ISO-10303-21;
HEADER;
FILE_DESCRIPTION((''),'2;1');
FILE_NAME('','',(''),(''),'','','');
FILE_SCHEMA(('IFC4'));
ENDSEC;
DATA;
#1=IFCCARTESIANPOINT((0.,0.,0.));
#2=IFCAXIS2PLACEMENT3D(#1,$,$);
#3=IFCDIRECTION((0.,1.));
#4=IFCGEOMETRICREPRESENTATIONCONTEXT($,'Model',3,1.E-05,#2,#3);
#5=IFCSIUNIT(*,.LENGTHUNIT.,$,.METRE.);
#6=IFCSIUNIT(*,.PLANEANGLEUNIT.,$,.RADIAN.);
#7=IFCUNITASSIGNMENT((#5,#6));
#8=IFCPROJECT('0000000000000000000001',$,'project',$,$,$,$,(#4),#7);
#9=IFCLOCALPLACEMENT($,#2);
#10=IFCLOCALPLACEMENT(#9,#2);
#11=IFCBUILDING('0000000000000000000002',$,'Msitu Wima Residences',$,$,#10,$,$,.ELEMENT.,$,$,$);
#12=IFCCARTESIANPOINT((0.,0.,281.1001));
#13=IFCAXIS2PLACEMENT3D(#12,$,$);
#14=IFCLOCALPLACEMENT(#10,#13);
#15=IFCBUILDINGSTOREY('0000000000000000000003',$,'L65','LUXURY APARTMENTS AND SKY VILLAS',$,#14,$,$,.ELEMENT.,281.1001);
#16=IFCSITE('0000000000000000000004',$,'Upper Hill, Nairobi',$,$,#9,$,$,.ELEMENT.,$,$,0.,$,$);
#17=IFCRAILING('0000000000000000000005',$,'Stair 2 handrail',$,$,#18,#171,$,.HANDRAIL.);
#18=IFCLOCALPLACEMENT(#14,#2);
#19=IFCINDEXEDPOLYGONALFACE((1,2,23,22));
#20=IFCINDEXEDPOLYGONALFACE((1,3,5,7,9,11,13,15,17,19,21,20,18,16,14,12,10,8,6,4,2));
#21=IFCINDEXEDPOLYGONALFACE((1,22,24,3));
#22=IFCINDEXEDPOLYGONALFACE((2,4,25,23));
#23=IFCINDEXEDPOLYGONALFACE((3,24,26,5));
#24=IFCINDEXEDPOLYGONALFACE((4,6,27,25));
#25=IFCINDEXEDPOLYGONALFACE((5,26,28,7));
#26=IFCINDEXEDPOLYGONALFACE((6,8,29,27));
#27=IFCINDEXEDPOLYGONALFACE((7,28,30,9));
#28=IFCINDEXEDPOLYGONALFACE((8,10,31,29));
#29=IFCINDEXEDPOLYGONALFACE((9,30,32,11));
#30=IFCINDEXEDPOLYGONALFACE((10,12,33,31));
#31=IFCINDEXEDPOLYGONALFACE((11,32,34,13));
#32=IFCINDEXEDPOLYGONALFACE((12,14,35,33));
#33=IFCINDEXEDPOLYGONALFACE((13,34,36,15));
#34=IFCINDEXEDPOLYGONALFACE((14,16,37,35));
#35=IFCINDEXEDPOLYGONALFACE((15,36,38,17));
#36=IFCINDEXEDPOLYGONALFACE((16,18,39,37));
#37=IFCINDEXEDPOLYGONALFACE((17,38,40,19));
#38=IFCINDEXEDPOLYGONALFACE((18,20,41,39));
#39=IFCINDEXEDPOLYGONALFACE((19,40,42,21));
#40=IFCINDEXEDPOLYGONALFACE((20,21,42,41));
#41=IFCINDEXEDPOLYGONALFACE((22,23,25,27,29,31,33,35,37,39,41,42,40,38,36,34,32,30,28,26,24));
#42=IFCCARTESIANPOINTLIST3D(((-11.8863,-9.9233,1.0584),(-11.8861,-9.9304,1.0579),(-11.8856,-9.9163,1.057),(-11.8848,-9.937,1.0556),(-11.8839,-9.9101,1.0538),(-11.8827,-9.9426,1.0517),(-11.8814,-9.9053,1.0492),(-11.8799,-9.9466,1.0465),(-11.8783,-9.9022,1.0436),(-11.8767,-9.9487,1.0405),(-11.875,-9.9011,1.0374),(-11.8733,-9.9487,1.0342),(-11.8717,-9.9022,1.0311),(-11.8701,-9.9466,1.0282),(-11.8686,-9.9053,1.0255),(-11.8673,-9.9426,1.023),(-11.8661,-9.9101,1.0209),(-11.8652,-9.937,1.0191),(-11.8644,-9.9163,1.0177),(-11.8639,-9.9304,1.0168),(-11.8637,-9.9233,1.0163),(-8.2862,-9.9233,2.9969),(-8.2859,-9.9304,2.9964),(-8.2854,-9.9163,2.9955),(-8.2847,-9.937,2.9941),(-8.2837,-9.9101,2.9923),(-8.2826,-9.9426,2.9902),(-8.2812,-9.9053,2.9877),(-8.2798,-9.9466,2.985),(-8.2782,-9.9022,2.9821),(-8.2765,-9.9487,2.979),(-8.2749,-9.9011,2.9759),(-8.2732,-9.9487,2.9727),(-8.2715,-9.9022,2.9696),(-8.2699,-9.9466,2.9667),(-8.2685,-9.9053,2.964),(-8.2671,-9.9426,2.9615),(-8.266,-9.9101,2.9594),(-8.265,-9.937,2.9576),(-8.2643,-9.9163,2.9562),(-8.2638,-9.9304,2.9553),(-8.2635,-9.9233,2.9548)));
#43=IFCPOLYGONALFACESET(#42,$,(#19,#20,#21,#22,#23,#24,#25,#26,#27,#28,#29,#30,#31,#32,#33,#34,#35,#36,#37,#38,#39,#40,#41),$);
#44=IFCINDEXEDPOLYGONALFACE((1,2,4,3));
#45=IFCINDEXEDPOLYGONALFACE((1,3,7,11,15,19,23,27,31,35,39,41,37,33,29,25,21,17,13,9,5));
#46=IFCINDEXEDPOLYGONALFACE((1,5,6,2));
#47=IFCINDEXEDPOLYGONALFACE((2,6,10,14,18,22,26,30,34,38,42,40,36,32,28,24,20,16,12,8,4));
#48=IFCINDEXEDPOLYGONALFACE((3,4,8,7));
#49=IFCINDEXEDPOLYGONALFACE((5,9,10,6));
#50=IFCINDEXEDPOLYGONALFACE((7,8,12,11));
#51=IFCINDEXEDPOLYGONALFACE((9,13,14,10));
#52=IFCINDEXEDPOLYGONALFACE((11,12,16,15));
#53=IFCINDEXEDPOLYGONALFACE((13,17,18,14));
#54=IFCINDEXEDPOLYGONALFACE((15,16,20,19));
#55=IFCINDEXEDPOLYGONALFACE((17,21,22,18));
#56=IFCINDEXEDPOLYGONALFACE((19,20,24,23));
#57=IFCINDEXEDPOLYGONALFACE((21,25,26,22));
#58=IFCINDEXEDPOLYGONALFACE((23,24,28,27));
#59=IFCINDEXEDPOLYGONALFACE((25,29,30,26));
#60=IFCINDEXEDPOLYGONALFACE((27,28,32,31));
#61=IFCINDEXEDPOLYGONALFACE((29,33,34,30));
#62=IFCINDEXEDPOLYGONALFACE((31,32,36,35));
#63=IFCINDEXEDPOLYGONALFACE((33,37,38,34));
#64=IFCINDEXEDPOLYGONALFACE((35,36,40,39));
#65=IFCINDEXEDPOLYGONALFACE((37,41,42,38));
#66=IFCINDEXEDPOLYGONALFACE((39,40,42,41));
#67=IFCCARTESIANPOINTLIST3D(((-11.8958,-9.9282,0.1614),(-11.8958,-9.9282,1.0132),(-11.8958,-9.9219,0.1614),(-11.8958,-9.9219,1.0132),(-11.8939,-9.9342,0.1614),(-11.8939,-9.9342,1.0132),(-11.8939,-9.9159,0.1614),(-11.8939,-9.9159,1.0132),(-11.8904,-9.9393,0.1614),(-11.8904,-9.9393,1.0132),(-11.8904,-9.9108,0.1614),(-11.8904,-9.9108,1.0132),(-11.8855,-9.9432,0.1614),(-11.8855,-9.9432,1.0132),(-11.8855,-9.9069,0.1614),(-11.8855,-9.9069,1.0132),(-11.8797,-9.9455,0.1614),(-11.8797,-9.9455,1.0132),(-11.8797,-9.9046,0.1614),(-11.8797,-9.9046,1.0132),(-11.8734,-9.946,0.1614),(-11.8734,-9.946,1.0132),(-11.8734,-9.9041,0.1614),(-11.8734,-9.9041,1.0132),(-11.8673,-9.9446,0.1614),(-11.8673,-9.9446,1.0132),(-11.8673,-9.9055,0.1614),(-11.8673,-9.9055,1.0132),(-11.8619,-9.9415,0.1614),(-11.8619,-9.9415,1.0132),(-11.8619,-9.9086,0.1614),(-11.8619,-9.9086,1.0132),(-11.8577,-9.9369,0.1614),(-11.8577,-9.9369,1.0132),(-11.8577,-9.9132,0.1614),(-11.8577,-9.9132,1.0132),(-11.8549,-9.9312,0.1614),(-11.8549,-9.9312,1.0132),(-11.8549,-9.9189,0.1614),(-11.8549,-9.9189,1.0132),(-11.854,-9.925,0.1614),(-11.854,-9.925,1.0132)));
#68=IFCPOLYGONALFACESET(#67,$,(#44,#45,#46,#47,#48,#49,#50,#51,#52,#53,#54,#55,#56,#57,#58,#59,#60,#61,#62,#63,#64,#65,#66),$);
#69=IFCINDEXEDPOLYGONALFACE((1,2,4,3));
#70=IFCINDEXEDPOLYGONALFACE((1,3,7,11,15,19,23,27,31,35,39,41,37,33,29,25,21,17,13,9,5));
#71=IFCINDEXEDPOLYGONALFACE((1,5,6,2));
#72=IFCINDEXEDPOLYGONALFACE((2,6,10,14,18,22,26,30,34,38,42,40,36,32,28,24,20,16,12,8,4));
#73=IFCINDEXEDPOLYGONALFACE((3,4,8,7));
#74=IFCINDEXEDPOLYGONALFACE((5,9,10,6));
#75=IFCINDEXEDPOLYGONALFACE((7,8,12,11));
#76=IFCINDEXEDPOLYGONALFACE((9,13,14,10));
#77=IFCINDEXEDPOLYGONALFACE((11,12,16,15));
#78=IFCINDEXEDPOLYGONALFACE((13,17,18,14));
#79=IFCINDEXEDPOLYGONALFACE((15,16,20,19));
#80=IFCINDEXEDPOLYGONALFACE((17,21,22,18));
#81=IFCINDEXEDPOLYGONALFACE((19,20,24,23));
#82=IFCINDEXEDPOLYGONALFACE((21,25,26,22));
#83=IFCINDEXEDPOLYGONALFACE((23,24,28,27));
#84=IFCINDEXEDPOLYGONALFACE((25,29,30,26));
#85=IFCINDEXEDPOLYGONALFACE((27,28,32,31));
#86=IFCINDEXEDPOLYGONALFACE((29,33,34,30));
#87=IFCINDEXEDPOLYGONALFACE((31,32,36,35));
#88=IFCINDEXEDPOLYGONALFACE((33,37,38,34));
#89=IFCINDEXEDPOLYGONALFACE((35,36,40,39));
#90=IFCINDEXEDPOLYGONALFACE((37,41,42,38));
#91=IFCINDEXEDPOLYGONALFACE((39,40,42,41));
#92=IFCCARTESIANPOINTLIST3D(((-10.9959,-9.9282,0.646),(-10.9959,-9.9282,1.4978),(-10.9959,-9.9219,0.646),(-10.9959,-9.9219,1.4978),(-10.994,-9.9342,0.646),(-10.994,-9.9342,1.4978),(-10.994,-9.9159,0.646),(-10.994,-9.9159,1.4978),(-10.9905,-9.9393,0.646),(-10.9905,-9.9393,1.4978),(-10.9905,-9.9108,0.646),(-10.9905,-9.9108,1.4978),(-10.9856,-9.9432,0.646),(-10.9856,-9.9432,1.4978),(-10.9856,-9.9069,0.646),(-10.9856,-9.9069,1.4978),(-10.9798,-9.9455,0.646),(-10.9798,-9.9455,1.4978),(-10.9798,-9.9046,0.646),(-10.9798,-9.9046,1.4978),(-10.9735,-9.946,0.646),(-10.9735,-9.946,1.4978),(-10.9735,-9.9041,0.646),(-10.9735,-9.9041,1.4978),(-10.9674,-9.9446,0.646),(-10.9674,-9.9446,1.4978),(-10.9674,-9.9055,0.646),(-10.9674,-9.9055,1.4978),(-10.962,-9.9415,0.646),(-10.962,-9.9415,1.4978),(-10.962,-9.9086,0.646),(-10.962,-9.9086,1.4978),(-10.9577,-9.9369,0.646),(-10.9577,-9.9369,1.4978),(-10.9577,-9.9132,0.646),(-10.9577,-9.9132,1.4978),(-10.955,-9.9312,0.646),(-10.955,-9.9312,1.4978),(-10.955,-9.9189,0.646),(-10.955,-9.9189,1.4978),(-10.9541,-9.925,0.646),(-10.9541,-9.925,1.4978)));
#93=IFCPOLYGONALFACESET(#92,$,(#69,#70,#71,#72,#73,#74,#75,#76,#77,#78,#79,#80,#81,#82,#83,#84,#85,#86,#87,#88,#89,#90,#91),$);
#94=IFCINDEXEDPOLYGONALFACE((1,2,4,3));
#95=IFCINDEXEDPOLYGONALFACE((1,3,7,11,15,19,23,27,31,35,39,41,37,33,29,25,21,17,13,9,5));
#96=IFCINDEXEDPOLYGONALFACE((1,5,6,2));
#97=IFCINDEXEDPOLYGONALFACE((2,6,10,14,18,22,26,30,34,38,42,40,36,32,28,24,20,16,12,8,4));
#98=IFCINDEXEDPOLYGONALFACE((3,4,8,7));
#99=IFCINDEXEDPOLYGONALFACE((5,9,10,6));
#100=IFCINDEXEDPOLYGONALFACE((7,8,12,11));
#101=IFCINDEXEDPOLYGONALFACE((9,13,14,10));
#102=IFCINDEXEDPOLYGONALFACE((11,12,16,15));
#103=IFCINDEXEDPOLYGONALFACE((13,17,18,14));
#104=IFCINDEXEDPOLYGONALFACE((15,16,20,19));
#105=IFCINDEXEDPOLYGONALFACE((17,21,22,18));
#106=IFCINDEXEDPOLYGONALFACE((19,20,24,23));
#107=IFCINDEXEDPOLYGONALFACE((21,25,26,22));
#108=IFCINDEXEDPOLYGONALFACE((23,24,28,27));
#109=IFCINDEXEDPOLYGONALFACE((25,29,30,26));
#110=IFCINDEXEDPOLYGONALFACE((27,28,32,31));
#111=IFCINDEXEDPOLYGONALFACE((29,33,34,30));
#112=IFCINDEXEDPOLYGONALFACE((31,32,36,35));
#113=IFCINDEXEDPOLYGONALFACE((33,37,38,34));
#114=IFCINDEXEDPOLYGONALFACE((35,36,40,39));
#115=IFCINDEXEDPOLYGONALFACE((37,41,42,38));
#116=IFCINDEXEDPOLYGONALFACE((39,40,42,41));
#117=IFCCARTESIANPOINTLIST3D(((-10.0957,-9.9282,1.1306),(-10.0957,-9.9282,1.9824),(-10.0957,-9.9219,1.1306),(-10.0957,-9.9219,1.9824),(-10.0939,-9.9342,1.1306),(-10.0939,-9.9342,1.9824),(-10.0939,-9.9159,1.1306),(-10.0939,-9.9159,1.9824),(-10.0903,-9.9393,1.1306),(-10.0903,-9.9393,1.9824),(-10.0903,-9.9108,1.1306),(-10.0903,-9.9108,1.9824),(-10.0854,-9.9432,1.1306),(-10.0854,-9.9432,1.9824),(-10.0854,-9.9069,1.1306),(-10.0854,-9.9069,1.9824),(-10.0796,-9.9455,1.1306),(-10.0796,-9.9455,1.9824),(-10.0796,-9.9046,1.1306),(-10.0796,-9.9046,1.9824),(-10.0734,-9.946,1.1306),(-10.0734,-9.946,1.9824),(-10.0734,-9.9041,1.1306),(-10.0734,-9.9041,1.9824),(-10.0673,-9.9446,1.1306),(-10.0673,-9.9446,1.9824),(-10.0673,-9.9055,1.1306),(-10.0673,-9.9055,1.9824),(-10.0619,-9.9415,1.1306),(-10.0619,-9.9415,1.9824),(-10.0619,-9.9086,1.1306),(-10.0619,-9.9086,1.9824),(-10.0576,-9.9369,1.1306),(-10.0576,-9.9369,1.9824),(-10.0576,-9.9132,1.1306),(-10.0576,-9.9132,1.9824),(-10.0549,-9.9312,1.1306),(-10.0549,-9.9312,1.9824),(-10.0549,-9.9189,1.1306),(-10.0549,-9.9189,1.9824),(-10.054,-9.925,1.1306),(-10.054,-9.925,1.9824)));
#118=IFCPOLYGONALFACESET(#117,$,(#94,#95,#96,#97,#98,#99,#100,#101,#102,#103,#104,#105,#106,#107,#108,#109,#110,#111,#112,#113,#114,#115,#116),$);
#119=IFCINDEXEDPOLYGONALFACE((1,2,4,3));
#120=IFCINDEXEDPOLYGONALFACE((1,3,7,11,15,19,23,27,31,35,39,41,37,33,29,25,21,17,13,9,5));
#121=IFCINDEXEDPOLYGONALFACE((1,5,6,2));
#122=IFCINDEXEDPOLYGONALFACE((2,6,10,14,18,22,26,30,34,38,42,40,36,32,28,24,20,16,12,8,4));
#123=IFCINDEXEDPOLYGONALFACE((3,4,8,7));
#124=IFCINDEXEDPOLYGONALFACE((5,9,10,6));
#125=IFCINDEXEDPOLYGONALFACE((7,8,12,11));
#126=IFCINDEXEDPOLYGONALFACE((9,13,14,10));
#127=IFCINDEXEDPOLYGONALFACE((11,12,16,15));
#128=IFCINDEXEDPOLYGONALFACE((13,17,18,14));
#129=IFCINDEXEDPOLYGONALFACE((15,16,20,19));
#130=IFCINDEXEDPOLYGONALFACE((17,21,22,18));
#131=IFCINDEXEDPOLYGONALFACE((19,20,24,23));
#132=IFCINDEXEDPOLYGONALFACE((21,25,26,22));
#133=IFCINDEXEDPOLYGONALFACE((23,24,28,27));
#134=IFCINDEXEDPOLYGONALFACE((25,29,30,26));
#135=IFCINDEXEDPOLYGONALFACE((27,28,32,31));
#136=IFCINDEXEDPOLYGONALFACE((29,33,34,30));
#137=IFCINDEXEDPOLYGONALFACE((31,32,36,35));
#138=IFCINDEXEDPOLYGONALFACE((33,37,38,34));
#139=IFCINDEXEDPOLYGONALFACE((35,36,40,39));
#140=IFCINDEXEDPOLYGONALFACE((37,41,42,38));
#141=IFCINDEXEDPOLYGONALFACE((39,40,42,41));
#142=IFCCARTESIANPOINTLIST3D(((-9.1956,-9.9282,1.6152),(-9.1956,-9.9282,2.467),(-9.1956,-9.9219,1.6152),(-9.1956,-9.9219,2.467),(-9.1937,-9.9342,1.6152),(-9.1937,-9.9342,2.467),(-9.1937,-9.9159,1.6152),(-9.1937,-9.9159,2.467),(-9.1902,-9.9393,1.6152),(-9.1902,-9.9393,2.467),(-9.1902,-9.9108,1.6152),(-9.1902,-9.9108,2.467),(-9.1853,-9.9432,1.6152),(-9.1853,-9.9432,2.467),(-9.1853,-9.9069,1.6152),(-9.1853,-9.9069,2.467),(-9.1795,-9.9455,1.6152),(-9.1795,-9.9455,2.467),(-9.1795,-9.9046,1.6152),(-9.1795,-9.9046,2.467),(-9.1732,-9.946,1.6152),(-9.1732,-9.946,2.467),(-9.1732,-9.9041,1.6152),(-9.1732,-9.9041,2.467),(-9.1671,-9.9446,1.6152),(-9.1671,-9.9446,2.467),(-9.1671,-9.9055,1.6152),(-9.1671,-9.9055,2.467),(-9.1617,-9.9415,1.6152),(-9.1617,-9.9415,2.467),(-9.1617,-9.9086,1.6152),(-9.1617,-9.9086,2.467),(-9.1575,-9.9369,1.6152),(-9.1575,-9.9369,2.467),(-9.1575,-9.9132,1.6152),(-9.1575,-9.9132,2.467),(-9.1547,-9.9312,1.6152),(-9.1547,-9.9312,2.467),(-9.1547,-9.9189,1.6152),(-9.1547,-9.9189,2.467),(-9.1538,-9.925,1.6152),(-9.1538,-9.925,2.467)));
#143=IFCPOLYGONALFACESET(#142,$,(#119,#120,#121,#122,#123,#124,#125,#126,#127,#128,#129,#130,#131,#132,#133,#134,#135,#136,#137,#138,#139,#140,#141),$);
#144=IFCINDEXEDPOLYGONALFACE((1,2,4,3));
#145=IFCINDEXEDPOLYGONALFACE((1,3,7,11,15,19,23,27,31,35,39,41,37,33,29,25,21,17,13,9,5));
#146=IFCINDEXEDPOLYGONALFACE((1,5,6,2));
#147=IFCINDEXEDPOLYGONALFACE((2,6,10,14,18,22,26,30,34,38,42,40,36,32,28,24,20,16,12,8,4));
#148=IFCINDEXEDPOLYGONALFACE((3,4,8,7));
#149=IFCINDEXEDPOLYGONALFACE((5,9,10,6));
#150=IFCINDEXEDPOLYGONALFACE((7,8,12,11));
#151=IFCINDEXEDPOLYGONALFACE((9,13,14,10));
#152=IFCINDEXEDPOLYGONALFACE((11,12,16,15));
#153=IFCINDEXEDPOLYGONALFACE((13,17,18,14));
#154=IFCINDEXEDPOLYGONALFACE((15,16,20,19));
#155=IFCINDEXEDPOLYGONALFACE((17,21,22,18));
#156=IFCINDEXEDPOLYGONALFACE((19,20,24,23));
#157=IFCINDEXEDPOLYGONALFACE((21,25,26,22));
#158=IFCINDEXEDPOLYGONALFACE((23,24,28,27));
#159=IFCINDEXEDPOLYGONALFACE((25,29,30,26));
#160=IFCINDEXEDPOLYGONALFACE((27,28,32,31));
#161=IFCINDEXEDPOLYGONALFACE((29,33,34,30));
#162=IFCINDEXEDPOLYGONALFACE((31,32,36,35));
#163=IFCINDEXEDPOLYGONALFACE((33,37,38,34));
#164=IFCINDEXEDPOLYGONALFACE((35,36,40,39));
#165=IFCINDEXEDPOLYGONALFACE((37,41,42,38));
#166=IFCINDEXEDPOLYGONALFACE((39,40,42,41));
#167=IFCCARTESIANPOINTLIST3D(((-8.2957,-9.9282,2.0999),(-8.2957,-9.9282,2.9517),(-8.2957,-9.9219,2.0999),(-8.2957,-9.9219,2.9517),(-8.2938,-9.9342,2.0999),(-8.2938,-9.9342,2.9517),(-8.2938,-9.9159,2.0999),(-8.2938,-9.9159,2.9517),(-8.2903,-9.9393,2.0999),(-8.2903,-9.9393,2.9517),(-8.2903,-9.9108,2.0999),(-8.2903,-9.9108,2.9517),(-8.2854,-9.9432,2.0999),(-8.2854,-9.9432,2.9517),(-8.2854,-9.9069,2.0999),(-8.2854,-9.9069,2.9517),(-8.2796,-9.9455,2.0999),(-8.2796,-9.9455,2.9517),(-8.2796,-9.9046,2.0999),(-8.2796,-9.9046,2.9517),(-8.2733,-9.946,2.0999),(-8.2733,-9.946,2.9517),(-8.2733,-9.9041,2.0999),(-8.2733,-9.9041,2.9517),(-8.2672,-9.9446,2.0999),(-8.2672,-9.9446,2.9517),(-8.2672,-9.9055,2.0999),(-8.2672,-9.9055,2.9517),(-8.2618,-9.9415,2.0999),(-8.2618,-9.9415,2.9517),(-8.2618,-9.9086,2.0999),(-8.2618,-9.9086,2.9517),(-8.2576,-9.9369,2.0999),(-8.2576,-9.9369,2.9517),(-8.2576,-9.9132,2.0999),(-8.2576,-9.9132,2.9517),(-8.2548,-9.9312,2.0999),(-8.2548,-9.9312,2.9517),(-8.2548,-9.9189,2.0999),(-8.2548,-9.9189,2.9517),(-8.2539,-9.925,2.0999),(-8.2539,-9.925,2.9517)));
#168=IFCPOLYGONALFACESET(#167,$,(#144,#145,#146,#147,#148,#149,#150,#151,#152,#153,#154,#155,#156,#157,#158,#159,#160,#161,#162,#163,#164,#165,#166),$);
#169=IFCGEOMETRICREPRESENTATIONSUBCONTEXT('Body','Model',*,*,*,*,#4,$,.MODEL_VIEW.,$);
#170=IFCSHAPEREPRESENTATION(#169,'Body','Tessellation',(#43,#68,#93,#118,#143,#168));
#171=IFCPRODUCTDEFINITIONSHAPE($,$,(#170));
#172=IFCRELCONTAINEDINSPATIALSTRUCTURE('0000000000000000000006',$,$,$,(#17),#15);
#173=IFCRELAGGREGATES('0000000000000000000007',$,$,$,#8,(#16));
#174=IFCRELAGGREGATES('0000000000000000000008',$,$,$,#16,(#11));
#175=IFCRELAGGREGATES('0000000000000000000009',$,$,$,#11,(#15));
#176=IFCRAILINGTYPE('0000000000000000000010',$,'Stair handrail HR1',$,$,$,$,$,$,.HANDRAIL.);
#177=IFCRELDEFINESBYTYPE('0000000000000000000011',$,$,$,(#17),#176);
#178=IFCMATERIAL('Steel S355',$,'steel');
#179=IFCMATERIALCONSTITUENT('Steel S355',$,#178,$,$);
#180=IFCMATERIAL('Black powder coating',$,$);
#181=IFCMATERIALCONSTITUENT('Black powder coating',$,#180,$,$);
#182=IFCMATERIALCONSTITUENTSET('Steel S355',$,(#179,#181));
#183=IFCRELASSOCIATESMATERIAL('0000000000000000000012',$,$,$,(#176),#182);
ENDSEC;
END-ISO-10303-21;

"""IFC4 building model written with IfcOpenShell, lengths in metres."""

from ifc_helpers import new_model, si_unit, direction, frame, origin, origin_2d, place, context, subcontext, project, spatial, circle, extrude, material, constituent, constituent_set, type_object, element, save


model = new_model("IFC4")

# Units and contexts
model_context = context("Model", 3, precision=1e-05, world=origin(), true_north=direction((0.0, 1.0)))
body_context = subcontext(model_context, "Body", "Model", "MODEL_VIEW")
ifc_project = project(units=[si_unit("LENGTHUNIT", "METRE"), si_unit("PLANEANGLEUNIT", "RADIAN")], contexts=[model_context])

# Site, building, storey
site_placement = place(None, origin())
site = spatial("IfcSite", under=ifc_project, at=site_placement, Name="Upper Hill, Nairobi", CompositionType="ELEMENT", RefElevation=0.0)
building_placement = place(site_placement, origin())
building = spatial("IfcBuilding", under=site, at=building_placement, Name="Msitu Wima Residences", CompositionType="ELEMENT")
storey_placement = place(building_placement, frame((0.0, 0.0, 281.1001)))
storey = spatial("IfcBuildingStorey", under=building, at=storey_placement, Name="L65", Description="LUXURY APARTMENTS AND SKY VILLAS", CompositionType="ELEMENT", Elevation=281.1001)

# Railing
ifc_material_1 = material(Name="Steel S355", Category="steel")
ifc_constituent_1 = constituent(ifc_material_1, Name="Steel S355")
ifc_material_2 = material(Name="Black powder coating")
ifc_constituent_2 = constituent(ifc_material_2, Name="Black powder coating")
ifc_constituent_set = constituent_set(constituents=[ifc_constituent_1, ifc_constituent_2], Name="Steel S355")
railing_type = type_object("IfcRailingType", Name="Stair handrail HR1", PredefinedType="HANDRAIL", material=ifc_constituent_set)
for number, where, name in (
    (1, (-11.875, -9.925, 0.1614), "Stair 2 handrail"),
):
    element("IfcRailing", number, at=place(storey_placement, frame(where)), inside=storey, type_object=railing_type, Name=name, PredefinedType="HANDRAIL", context=body_context, shape_type="SweptSolid", body=[
        extrude(circle(Radius=0.0239, at=origin_2d()), frame((0.0, 0.0, 0.876), z_axis=(0.880475, 0.0, 0.474093), x_axis=(0.0, 1.0, 0.0)), (0.0, 0.0, 1.0), 4.0889),
        extrude(circle(Radius=0.021, at=origin_2d()), origin(), (0.0, 0.0, 1.0), 0.8518),
        extrude(circle(Radius=0.021, at=origin_2d()), frame((0.8999, 0.0, 0.4846)), (0.0, 0.0, 1.0), 0.8518),
        extrude(circle(Radius=0.021, at=origin_2d()), frame((1.8, 0.0, 0.9692)), (0.0, 0.0, 1.0), 0.8518),
        extrude(circle(Radius=0.021, at=origin_2d()), frame((2.7002, 0.0, 1.4539)), (0.0, 0.0, 1.0), 0.8518),
        extrude(circle(Radius=0.021, at=origin_2d()), frame((3.6001, 0.0, 1.9385)), (0.0, 0.0, 1.0), 0.8518),
    ])

save(model, "model.ifc")
